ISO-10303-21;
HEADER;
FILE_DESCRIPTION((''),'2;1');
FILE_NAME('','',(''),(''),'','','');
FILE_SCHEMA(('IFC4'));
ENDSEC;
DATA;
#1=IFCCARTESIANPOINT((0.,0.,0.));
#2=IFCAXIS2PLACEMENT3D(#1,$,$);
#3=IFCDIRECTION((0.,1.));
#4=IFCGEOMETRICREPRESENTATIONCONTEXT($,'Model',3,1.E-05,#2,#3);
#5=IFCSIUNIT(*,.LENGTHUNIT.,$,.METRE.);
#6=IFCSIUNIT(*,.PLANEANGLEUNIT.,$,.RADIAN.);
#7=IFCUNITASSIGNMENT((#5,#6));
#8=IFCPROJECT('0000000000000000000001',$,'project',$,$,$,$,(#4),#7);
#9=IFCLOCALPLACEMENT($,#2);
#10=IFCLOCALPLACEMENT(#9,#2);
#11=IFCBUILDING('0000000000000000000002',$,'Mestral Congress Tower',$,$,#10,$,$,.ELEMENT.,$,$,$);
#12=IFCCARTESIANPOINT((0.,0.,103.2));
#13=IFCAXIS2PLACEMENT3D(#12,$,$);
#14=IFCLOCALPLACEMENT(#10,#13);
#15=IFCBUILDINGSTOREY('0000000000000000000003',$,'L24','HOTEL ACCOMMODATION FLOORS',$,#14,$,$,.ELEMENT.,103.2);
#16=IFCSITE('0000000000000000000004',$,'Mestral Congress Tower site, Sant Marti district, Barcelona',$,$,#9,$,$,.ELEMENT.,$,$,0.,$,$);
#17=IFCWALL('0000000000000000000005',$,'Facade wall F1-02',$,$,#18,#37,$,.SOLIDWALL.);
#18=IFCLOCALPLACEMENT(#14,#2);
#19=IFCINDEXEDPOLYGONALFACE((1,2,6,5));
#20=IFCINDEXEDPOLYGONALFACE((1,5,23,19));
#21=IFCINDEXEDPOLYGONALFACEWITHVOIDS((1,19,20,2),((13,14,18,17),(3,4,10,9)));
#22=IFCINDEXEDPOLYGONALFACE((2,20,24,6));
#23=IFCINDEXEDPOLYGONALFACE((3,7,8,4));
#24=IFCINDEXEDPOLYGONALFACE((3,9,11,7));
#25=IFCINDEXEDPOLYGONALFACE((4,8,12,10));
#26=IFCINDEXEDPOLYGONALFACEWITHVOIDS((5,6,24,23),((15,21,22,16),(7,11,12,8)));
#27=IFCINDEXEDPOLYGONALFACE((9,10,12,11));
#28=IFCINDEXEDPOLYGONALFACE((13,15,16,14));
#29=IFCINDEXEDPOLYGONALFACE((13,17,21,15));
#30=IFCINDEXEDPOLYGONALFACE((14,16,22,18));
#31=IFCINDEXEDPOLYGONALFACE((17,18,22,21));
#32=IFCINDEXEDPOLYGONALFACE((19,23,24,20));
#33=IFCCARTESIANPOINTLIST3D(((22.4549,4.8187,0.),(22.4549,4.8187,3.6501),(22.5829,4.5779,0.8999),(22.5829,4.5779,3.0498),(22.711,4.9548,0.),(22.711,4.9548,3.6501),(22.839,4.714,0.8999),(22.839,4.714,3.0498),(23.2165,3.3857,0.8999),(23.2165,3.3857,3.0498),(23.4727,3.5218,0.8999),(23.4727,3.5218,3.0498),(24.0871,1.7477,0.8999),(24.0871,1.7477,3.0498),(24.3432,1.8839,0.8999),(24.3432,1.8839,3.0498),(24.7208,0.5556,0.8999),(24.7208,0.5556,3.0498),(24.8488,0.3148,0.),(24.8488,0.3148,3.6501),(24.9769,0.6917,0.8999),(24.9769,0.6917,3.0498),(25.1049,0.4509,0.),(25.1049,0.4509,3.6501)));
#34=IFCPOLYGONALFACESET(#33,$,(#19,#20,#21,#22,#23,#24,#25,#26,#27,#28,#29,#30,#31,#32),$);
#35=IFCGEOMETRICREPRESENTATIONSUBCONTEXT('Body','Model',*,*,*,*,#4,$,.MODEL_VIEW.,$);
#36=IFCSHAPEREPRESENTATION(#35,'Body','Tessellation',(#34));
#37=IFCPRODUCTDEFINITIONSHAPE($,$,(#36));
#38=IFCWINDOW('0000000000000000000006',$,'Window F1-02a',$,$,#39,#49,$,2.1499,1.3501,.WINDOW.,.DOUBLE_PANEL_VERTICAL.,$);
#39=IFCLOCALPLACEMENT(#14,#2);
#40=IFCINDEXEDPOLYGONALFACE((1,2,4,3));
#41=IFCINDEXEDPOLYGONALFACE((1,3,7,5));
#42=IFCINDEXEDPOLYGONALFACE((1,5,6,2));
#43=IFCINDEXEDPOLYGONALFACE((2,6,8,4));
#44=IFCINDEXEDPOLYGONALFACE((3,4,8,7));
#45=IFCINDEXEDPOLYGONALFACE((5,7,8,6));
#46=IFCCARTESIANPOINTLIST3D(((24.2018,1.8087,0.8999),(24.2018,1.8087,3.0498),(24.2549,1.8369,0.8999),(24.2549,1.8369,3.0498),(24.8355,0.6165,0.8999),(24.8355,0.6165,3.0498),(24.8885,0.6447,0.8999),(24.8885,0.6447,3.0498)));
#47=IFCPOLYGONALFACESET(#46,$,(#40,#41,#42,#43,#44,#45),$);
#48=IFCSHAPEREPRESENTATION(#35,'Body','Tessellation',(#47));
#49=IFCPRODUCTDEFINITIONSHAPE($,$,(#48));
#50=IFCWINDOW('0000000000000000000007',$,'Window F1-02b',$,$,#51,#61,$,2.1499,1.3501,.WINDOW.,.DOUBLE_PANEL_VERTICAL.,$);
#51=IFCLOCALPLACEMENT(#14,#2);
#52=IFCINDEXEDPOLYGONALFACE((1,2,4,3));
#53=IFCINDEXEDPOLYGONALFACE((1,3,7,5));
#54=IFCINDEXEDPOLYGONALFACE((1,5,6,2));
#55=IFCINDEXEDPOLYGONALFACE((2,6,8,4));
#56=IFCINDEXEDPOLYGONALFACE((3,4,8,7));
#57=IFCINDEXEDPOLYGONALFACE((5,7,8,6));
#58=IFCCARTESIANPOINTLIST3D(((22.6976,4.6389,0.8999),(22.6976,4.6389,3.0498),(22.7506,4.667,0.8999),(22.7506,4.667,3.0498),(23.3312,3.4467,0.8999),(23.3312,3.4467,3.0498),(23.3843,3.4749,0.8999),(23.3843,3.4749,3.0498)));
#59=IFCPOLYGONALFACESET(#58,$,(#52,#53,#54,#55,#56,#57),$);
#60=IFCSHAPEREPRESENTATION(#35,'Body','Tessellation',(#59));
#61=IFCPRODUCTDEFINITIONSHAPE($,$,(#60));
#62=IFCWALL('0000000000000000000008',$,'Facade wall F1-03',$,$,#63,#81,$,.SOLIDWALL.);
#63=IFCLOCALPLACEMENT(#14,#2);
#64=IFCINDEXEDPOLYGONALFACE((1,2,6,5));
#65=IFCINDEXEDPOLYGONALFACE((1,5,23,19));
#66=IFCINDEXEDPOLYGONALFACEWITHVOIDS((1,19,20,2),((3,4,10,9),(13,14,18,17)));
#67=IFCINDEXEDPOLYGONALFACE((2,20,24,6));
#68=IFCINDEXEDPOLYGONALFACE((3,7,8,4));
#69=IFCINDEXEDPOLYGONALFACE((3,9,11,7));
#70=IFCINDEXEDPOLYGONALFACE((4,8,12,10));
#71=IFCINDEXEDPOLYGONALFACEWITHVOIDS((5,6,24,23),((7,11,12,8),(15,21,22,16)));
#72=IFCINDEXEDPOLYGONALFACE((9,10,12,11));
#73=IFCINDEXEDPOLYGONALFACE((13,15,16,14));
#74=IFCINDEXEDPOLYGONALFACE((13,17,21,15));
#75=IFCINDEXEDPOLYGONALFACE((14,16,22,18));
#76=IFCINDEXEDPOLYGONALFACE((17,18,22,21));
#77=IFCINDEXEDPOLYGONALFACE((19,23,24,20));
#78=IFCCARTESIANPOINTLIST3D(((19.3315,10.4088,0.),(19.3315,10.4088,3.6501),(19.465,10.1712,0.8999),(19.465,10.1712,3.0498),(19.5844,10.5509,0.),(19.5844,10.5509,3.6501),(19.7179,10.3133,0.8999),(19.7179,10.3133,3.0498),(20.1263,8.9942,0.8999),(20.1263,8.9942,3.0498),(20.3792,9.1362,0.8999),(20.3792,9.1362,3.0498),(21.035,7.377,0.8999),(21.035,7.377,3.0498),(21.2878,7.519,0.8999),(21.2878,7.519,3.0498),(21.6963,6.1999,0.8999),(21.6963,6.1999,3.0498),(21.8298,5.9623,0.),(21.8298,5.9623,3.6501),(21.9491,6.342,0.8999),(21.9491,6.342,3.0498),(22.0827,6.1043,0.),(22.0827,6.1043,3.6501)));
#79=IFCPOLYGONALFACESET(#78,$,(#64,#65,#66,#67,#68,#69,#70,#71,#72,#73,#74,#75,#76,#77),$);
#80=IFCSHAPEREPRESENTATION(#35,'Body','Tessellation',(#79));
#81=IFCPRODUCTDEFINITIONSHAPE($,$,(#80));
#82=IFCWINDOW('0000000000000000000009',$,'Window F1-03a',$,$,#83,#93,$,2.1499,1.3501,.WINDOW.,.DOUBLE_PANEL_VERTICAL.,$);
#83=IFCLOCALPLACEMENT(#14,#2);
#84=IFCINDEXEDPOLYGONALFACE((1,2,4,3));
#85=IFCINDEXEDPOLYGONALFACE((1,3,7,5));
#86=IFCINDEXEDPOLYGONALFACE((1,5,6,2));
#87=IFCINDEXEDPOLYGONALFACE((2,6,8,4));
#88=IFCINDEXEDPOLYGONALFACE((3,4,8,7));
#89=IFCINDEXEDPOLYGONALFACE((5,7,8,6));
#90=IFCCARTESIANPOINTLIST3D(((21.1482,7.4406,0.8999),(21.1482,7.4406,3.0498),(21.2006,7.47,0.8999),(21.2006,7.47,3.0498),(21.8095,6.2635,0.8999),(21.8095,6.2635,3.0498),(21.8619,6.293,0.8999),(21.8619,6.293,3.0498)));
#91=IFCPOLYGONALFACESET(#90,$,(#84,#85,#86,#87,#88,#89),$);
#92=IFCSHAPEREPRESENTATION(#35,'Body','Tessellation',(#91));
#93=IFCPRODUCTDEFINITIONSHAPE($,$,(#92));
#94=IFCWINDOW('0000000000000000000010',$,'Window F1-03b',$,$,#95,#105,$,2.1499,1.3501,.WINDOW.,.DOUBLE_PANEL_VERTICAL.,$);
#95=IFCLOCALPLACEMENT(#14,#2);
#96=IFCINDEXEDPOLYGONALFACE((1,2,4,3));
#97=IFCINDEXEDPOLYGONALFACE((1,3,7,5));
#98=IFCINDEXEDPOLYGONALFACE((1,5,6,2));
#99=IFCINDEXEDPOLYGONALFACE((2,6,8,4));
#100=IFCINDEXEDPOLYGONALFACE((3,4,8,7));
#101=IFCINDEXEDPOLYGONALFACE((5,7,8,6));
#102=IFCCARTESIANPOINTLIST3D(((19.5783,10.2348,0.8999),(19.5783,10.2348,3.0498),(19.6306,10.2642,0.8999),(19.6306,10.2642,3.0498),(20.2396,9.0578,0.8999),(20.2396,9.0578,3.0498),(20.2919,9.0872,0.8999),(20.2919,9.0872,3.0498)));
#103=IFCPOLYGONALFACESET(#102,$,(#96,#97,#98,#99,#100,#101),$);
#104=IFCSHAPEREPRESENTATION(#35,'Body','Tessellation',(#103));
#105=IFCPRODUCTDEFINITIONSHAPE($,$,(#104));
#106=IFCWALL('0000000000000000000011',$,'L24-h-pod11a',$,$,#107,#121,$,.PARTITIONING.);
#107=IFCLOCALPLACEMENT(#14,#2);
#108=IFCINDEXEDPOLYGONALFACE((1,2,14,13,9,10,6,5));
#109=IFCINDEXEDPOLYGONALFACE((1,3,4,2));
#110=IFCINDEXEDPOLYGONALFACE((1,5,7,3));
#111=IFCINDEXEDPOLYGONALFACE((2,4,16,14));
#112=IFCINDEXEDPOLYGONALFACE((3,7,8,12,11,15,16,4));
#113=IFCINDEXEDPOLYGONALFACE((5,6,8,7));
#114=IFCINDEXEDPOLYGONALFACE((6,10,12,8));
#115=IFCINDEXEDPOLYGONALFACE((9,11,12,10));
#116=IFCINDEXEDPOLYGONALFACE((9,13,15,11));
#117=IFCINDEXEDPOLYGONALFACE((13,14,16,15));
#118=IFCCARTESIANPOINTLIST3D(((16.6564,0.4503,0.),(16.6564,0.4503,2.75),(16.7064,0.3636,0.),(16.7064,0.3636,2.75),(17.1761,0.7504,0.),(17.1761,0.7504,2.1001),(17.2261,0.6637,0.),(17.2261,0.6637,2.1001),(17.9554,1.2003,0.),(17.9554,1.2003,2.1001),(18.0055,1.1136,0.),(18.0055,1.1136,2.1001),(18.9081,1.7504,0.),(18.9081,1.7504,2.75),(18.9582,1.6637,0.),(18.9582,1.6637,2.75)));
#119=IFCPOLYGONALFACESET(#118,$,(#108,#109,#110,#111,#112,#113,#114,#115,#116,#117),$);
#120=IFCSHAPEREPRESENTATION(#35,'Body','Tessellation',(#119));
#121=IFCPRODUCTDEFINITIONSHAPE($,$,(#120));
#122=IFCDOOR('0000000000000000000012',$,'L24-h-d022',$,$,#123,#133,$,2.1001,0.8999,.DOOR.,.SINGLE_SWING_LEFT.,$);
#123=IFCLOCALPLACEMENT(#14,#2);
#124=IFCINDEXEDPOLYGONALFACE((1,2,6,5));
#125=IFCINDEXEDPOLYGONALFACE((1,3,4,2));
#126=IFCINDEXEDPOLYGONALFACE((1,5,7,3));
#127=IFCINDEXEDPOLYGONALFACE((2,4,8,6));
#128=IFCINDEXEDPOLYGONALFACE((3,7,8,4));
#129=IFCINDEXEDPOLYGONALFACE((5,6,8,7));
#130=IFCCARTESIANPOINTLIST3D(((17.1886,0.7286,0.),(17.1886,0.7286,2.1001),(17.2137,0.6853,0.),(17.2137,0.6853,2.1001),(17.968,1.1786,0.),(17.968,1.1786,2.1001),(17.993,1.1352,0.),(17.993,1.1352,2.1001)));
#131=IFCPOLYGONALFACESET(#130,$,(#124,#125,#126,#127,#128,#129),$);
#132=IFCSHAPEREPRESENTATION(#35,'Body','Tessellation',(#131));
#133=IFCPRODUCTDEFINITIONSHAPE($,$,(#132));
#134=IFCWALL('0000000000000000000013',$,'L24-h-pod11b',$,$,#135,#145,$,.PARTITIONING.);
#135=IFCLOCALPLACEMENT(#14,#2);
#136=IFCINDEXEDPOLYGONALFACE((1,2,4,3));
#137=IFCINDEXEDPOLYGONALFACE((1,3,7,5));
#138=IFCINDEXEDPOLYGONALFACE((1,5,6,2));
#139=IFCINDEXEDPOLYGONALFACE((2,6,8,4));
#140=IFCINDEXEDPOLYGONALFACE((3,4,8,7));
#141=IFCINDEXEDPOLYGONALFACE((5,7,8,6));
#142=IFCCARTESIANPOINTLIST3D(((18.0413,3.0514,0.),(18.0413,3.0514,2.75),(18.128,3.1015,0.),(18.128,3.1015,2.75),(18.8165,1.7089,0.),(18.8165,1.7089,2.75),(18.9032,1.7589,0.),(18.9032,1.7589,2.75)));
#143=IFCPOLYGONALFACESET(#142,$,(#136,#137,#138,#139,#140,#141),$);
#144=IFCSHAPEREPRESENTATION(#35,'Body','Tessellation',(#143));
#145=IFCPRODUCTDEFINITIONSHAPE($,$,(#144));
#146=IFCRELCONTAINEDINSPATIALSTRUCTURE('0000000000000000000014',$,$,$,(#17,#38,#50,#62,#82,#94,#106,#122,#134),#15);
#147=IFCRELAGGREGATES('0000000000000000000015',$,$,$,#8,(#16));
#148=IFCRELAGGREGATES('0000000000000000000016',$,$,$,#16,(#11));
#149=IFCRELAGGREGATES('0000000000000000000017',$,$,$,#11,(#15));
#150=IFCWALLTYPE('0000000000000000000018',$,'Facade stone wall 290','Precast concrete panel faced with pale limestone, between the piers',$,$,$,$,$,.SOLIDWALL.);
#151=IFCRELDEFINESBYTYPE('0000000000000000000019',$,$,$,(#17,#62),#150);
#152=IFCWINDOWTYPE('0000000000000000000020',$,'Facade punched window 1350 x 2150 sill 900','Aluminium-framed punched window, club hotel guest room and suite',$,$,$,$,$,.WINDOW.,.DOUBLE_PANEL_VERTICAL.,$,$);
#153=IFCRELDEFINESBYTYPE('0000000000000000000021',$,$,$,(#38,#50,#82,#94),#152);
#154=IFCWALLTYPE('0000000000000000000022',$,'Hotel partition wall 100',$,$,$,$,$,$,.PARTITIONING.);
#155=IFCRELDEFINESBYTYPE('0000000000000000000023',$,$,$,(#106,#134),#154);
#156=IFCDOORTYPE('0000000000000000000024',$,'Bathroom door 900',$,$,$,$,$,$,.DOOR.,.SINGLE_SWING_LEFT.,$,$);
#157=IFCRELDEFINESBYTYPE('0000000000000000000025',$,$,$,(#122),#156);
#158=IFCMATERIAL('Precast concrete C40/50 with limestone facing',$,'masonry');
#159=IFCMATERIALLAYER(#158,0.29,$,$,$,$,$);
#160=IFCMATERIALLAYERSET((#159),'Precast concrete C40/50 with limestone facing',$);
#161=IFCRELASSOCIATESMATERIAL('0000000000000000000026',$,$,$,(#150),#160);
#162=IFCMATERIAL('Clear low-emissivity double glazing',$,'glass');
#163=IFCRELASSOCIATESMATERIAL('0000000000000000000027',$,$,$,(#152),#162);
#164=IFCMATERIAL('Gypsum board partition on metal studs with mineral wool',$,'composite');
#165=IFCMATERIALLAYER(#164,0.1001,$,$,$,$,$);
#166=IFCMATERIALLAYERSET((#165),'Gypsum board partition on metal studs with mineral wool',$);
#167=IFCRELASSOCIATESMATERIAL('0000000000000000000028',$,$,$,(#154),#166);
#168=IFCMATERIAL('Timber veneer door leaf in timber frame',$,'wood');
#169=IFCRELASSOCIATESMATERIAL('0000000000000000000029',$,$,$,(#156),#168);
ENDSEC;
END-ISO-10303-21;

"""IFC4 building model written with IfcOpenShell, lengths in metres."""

from ifc_helpers import new_model, si_unit, direction, frame, frame_2d, origin, place, context, subcontext, project, spatial, rectangle, extrude, material, layer, layer_set, type_object, element, fill, save


model = new_model("IFC4")

# Units and contexts
model_context = context("Model", 3, precision=1e-05, world=origin(), true_north=direction((0.0, 1.0)))
body_context = subcontext(model_context, "Body", "Model", "MODEL_VIEW")
ifc_project = project(units=[si_unit("LENGTHUNIT", "METRE"), si_unit("PLANEANGLEUNIT", "RADIAN")], contexts=[model_context])

# Site, building, storey
site_placement = place(None, origin())
site = spatial("IfcSite", under=ifc_project, at=site_placement, Name="Mestral Congress Tower site, Sant Marti district, Barcelona", CompositionType="ELEMENT", RefElevation=0.0)
building_placement = place(site_placement, origin())
building = spatial("IfcBuilding", under=site, at=building_placement, Name="Mestral Congress Tower", CompositionType="ELEMENT")
storey_placement = place(building_placement, frame((0.0, 0.0, 103.2)))
storey = spatial("IfcBuildingStorey", under=building, at=storey_placement, Name="L24", Description="HOTEL ACCOMMODATION FLOORS", CompositionType="ELEMENT", Elevation=103.2)

# Walls, openings, windows
ifc_material_1 = material(Name="Precast concrete C40/50 with limestone facing", Category="masonry")
ifc_layer_1 = layer(ifc_material_1, 0.29)
ifc_layer_set_1 = layer_set([ifc_layer_1], Name="Precast concrete C40/50 with limestone facing")
wall_type_1 = type_object("IfcWallType", Name="Facade stone wall 290", Description="Precast concrete panel faced with pale limestone, between the piers", PredefinedType="SOLIDWALL", material=ifc_layer_set_1)
wall_1_placement = place(storey_placement, frame((24.9768, 0.3828, 0.0), z_axis=(0.0, 0.0, 1.0), x_axis=(-0.469323, 0.883026, 0.0)))
wall_1 = element("IfcWall", 1, at=wall_1_placement, inside=storey, type_object=wall_type_1, Name="Facade wall F1-02", PredefinedType="SOLIDWALL", context=body_context, shape_type="SweptSolid", body=[
    extrude(rectangle(XDim=5.1006, YDim=0.29, at=frame_2d((2.5503, 0.0))), origin(), (0.0, 0.0, 1.0), 3.6501),
])
opening_1_placement = place(wall_1_placement, frame((0.2727, 0.0, 0.8999)))
opening_1 = element("IfcOpeningElement", 2, at=opening_1_placement, cuts=wall_1, PredefinedType="OPENING", context=body_context, shape_type="SweptSolid", body=[
    extrude(rectangle(XDim=1.3501, YDim=2.1499, at=frame_2d((0.675, 1.075))), frame((0.0, 0.155, 0.0), z_axis=(0.0, -1.0, 0.0), x_axis=(1.0, 0.0, 0.0)), (0.0, 0.0, 1.0), 0.3101),
])
opening_2_placement = place(wall_1_placement, frame((3.4778, 0.0, 0.8999)))
opening_2 = element("IfcOpeningElement", 3, at=opening_2_placement, cuts=wall_1, PredefinedType="OPENING", context=body_context, shape_type="SweptSolid", body=[
    extrude(rectangle(XDim=1.3501, YDim=2.1499, at=frame_2d((0.675, 1.075))), frame((0.0, 0.155, 0.0), z_axis=(0.0, -1.0, 0.0), x_axis=(1.0, 0.0, 0.0)), (0.0, 0.0, 1.0), 0.3101),
])
ifc_material_2 = material(Name="Clear low-emissivity double glazing", Category="glass")
window_type = type_object("IfcWindowType", Name="Facade punched window 1350 x 2150 sill 900", Description="Aluminium-framed punched window, club hotel guest room and suite", PartitioningType="DOUBLE_PANEL_VERTICAL", PredefinedType="WINDOW", material=ifc_material_2)
window_1_placement = place(opening_1_placement, origin())
window_1 = element("IfcWindow", 4, at=window_1_placement, inside=storey, type_object=window_type, Name="Window F1-02a", OverallHeight=2.1499, OverallWidth=1.3501, PartitioningType="DOUBLE_PANEL_VERTICAL", PredefinedType="WINDOW", context=body_context, shape_type="SweptSolid", body=[
    extrude(rectangle(XDim=1.3501, YDim=2.1499, at=frame_2d((0.675, 1.075))), frame((0.0, 0.0151, 0.0), z_axis=(0.0, -1.0, 0.0), x_axis=(1.0, 0.0, 0.0)), (0.0, 0.0, 1.0), 0.0601),
])
fill(opening_1, window_1)
window_2_placement = place(opening_2_placement, origin())
window_2 = element("IfcWindow", 5, at=window_2_placement, inside=storey, type_object=window_type, Name="Window F1-02b", OverallHeight=2.1499, OverallWidth=1.3501, PartitioningType="DOUBLE_PANEL_VERTICAL", PredefinedType="WINDOW", context=body_context, shape_type="SweptSolid", body=[
    extrude(rectangle(XDim=1.3501, YDim=2.1499, at=frame_2d((0.675, 1.075))), frame((0.0, 0.0151, 0.0), z_axis=(0.0, -1.0, 0.0), x_axis=(1.0, 0.0, 0.0)), (0.0, 0.0, 1.0), 0.0601),
])
fill(opening_2, window_2)
wall_2_placement = place(storey_placement, frame((21.9563, 6.0332, 0.0), z_axis=(0.0, 0.0, 1.0), x_axis=(-0.489832, 0.871817, 0.0)))
wall_2 = element("IfcWall", 6, at=wall_2_placement, inside=storey, type_object=wall_type_1, Name="Facade wall F1-03", PredefinedType="SOLIDWALL", context=body_context, shape_type="SweptSolid", body=[
    extrude(rectangle(XDim=5.1003, YDim=0.29, at=frame_2d((2.5503, 0.0))), origin(), (0.0, 0.0, 1.0), 3.6501),
])
opening_3_placement = place(wall_2_placement, frame((0.2727, 0.0, 0.8999)))
opening_3 = element("IfcOpeningElement", 7, at=opening_3_placement, cuts=wall_2, PredefinedType="OPENING", context=body_context, shape_type="SweptSolid", body=[
    extrude(rectangle(XDim=1.3501, YDim=2.1499, at=frame_2d((0.675, 1.075))), frame((0.0, 0.155, 0.0), z_axis=(0.0, -1.0, 0.0), x_axis=(1.0, 0.0, 0.0)), (0.0, 0.0, 1.0), 0.3101),
])
opening_4_placement = place(wall_2_placement, frame((3.4778, 0.0, 0.8999)))
opening_4 = element("IfcOpeningElement", 8, at=opening_4_placement, cuts=wall_2, PredefinedType="OPENING", context=body_context, shape_type="SweptSolid", body=[
    extrude(rectangle(XDim=1.3501, YDim=2.1499, at=frame_2d((0.675, 1.075))), frame((0.0, 0.155, 0.0), z_axis=(0.0, -1.0, 0.0), x_axis=(1.0, 0.0, 0.0)), (0.0, 0.0, 1.0), 0.3101),
])
window_3_placement = place(opening_3_placement, origin())
window_3 = element("IfcWindow", 9, at=window_3_placement, inside=storey, type_object=window_type, Name="Window F1-03a", OverallHeight=2.1499, OverallWidth=1.3501, PartitioningType="DOUBLE_PANEL_VERTICAL", PredefinedType="WINDOW", context=body_context, shape_type="SweptSolid", body=[
    extrude(rectangle(XDim=1.3501, YDim=2.1499, at=frame_2d((0.675, 1.075))), frame((0.0, 0.0151, 0.0), z_axis=(0.0, -1.0, 0.0), x_axis=(1.0, 0.0, 0.0)), (0.0, 0.0, 1.0), 0.0601),
])
fill(opening_3, window_3)
window_4_placement = place(opening_4_placement, origin())
window_4 = element("IfcWindow", 10, at=window_4_placement, inside=storey, type_object=window_type, Name="Window F1-03b", OverallHeight=2.1499, OverallWidth=1.3501, PartitioningType="DOUBLE_PANEL_VERTICAL", PredefinedType="WINDOW", context=body_context, shape_type="SweptSolid", body=[
    extrude(rectangle(XDim=1.3501, YDim=2.1499, at=frame_2d((0.675, 1.075))), frame((0.0, 0.0151, 0.0), z_axis=(0.0, -1.0, 0.0), x_axis=(1.0, 0.0, 0.0)), (0.0, 0.0, 1.0), 0.0601),
])
fill(opening_4, window_4)

# Wall, opening, door
ifc_material_3 = material(Name="Gypsum board partition on metal studs with mineral wool", Category="composite")
ifc_layer_2 = layer(ifc_material_3, 0.1001)
ifc_layer_set_2 = layer_set([ifc_layer_2], Name="Gypsum board partition on metal studs with mineral wool")
wall_type_2 = type_object("IfcWallType", Name="Hotel partition wall 100", PredefinedType="PARTITIONING", material=ifc_layer_set_2)
wall_3_placement = place(storey_placement, frame((16.6814, 0.407, 0.0), z_axis=(0.0, 0.0, 1.0), x_axis=(0.866021, 0.500007, 0.0)))
wall_3 = element("IfcWall", 11, at=wall_3_placement, inside=storey, type_object=wall_type_2, Name="L24-h-pod11a", PredefinedType="PARTITIONING", context=body_context, shape_type="SweptSolid", body=[
    extrude(rectangle(XDim=2.6001, YDim=0.1001, at=frame_2d((1.3, 0.0))), origin(), (0.0, 0.0, 1.0), 2.75),
])
opening_5_placement = place(wall_3_placement, frame((0.6001, 0.0, 0.0)))
opening_5 = element("IfcOpeningElement", 12, at=opening_5_placement, cuts=wall_3, PredefinedType="OPENING", context=body_context, shape_type="SweptSolid", body=[
    extrude(rectangle(XDim=0.8999, YDim=2.1001, at=frame_2d((0.45, 1.05))), frame((0.0, 0.0601, 0.0), z_axis=(0.0, -1.0, 0.0), x_axis=(1.0, 0.0, 0.0)), (0.0, 0.0, 1.0), 0.1201),
])
ifc_material_4 = material(Name="Timber veneer door leaf in timber frame", Category="wood")
door_type = type_object("IfcDoorType", Name="Bathroom door 900", OperationType="SINGLE_SWING_LEFT", PredefinedType="DOOR", material=ifc_material_4)
door_1_placement = place(opening_5_placement, origin())
door_1 = element("IfcDoor", 13, at=door_1_placement, inside=storey, type_object=door_type, Name="L24-h-d022", OperationType="SINGLE_SWING_LEFT", OverallHeight=2.1001, OverallWidth=0.8999, PredefinedType="DOOR", context=body_context, shape_type="SweptSolid", body=[
    extrude(rectangle(XDim=0.8999, YDim=2.1001, at=frame_2d((0.45, 1.05))), frame((0.0, 0.0249, 0.0), z_axis=(0.0, -1.0, 0.0), x_axis=(1.0, 0.0, 0.0)), (0.0, 0.0, 1.0), 0.05),
])
fill(opening_5, door_1)

# Wall
wall_4_placement = place(storey_placement, frame((18.8599, 1.7339, 0.0), z_axis=(0.0, 0.0, 1.0), x_axis=(-0.500018, 0.866015, 0.0)))
element("IfcWall", 14, at=wall_4_placement, inside=storey, type_object=wall_type_2, Name="L24-h-pod11b", PredefinedType="PARTITIONING", context=body_context, shape_type="SweptSolid", body=[
    extrude(rectangle(XDim=1.5503, YDim=0.1001, at=frame_2d((0.7751, 0.0))), origin(), (0.0, 0.0, 1.0), 2.75),
])

save(model, "model.ifc")
